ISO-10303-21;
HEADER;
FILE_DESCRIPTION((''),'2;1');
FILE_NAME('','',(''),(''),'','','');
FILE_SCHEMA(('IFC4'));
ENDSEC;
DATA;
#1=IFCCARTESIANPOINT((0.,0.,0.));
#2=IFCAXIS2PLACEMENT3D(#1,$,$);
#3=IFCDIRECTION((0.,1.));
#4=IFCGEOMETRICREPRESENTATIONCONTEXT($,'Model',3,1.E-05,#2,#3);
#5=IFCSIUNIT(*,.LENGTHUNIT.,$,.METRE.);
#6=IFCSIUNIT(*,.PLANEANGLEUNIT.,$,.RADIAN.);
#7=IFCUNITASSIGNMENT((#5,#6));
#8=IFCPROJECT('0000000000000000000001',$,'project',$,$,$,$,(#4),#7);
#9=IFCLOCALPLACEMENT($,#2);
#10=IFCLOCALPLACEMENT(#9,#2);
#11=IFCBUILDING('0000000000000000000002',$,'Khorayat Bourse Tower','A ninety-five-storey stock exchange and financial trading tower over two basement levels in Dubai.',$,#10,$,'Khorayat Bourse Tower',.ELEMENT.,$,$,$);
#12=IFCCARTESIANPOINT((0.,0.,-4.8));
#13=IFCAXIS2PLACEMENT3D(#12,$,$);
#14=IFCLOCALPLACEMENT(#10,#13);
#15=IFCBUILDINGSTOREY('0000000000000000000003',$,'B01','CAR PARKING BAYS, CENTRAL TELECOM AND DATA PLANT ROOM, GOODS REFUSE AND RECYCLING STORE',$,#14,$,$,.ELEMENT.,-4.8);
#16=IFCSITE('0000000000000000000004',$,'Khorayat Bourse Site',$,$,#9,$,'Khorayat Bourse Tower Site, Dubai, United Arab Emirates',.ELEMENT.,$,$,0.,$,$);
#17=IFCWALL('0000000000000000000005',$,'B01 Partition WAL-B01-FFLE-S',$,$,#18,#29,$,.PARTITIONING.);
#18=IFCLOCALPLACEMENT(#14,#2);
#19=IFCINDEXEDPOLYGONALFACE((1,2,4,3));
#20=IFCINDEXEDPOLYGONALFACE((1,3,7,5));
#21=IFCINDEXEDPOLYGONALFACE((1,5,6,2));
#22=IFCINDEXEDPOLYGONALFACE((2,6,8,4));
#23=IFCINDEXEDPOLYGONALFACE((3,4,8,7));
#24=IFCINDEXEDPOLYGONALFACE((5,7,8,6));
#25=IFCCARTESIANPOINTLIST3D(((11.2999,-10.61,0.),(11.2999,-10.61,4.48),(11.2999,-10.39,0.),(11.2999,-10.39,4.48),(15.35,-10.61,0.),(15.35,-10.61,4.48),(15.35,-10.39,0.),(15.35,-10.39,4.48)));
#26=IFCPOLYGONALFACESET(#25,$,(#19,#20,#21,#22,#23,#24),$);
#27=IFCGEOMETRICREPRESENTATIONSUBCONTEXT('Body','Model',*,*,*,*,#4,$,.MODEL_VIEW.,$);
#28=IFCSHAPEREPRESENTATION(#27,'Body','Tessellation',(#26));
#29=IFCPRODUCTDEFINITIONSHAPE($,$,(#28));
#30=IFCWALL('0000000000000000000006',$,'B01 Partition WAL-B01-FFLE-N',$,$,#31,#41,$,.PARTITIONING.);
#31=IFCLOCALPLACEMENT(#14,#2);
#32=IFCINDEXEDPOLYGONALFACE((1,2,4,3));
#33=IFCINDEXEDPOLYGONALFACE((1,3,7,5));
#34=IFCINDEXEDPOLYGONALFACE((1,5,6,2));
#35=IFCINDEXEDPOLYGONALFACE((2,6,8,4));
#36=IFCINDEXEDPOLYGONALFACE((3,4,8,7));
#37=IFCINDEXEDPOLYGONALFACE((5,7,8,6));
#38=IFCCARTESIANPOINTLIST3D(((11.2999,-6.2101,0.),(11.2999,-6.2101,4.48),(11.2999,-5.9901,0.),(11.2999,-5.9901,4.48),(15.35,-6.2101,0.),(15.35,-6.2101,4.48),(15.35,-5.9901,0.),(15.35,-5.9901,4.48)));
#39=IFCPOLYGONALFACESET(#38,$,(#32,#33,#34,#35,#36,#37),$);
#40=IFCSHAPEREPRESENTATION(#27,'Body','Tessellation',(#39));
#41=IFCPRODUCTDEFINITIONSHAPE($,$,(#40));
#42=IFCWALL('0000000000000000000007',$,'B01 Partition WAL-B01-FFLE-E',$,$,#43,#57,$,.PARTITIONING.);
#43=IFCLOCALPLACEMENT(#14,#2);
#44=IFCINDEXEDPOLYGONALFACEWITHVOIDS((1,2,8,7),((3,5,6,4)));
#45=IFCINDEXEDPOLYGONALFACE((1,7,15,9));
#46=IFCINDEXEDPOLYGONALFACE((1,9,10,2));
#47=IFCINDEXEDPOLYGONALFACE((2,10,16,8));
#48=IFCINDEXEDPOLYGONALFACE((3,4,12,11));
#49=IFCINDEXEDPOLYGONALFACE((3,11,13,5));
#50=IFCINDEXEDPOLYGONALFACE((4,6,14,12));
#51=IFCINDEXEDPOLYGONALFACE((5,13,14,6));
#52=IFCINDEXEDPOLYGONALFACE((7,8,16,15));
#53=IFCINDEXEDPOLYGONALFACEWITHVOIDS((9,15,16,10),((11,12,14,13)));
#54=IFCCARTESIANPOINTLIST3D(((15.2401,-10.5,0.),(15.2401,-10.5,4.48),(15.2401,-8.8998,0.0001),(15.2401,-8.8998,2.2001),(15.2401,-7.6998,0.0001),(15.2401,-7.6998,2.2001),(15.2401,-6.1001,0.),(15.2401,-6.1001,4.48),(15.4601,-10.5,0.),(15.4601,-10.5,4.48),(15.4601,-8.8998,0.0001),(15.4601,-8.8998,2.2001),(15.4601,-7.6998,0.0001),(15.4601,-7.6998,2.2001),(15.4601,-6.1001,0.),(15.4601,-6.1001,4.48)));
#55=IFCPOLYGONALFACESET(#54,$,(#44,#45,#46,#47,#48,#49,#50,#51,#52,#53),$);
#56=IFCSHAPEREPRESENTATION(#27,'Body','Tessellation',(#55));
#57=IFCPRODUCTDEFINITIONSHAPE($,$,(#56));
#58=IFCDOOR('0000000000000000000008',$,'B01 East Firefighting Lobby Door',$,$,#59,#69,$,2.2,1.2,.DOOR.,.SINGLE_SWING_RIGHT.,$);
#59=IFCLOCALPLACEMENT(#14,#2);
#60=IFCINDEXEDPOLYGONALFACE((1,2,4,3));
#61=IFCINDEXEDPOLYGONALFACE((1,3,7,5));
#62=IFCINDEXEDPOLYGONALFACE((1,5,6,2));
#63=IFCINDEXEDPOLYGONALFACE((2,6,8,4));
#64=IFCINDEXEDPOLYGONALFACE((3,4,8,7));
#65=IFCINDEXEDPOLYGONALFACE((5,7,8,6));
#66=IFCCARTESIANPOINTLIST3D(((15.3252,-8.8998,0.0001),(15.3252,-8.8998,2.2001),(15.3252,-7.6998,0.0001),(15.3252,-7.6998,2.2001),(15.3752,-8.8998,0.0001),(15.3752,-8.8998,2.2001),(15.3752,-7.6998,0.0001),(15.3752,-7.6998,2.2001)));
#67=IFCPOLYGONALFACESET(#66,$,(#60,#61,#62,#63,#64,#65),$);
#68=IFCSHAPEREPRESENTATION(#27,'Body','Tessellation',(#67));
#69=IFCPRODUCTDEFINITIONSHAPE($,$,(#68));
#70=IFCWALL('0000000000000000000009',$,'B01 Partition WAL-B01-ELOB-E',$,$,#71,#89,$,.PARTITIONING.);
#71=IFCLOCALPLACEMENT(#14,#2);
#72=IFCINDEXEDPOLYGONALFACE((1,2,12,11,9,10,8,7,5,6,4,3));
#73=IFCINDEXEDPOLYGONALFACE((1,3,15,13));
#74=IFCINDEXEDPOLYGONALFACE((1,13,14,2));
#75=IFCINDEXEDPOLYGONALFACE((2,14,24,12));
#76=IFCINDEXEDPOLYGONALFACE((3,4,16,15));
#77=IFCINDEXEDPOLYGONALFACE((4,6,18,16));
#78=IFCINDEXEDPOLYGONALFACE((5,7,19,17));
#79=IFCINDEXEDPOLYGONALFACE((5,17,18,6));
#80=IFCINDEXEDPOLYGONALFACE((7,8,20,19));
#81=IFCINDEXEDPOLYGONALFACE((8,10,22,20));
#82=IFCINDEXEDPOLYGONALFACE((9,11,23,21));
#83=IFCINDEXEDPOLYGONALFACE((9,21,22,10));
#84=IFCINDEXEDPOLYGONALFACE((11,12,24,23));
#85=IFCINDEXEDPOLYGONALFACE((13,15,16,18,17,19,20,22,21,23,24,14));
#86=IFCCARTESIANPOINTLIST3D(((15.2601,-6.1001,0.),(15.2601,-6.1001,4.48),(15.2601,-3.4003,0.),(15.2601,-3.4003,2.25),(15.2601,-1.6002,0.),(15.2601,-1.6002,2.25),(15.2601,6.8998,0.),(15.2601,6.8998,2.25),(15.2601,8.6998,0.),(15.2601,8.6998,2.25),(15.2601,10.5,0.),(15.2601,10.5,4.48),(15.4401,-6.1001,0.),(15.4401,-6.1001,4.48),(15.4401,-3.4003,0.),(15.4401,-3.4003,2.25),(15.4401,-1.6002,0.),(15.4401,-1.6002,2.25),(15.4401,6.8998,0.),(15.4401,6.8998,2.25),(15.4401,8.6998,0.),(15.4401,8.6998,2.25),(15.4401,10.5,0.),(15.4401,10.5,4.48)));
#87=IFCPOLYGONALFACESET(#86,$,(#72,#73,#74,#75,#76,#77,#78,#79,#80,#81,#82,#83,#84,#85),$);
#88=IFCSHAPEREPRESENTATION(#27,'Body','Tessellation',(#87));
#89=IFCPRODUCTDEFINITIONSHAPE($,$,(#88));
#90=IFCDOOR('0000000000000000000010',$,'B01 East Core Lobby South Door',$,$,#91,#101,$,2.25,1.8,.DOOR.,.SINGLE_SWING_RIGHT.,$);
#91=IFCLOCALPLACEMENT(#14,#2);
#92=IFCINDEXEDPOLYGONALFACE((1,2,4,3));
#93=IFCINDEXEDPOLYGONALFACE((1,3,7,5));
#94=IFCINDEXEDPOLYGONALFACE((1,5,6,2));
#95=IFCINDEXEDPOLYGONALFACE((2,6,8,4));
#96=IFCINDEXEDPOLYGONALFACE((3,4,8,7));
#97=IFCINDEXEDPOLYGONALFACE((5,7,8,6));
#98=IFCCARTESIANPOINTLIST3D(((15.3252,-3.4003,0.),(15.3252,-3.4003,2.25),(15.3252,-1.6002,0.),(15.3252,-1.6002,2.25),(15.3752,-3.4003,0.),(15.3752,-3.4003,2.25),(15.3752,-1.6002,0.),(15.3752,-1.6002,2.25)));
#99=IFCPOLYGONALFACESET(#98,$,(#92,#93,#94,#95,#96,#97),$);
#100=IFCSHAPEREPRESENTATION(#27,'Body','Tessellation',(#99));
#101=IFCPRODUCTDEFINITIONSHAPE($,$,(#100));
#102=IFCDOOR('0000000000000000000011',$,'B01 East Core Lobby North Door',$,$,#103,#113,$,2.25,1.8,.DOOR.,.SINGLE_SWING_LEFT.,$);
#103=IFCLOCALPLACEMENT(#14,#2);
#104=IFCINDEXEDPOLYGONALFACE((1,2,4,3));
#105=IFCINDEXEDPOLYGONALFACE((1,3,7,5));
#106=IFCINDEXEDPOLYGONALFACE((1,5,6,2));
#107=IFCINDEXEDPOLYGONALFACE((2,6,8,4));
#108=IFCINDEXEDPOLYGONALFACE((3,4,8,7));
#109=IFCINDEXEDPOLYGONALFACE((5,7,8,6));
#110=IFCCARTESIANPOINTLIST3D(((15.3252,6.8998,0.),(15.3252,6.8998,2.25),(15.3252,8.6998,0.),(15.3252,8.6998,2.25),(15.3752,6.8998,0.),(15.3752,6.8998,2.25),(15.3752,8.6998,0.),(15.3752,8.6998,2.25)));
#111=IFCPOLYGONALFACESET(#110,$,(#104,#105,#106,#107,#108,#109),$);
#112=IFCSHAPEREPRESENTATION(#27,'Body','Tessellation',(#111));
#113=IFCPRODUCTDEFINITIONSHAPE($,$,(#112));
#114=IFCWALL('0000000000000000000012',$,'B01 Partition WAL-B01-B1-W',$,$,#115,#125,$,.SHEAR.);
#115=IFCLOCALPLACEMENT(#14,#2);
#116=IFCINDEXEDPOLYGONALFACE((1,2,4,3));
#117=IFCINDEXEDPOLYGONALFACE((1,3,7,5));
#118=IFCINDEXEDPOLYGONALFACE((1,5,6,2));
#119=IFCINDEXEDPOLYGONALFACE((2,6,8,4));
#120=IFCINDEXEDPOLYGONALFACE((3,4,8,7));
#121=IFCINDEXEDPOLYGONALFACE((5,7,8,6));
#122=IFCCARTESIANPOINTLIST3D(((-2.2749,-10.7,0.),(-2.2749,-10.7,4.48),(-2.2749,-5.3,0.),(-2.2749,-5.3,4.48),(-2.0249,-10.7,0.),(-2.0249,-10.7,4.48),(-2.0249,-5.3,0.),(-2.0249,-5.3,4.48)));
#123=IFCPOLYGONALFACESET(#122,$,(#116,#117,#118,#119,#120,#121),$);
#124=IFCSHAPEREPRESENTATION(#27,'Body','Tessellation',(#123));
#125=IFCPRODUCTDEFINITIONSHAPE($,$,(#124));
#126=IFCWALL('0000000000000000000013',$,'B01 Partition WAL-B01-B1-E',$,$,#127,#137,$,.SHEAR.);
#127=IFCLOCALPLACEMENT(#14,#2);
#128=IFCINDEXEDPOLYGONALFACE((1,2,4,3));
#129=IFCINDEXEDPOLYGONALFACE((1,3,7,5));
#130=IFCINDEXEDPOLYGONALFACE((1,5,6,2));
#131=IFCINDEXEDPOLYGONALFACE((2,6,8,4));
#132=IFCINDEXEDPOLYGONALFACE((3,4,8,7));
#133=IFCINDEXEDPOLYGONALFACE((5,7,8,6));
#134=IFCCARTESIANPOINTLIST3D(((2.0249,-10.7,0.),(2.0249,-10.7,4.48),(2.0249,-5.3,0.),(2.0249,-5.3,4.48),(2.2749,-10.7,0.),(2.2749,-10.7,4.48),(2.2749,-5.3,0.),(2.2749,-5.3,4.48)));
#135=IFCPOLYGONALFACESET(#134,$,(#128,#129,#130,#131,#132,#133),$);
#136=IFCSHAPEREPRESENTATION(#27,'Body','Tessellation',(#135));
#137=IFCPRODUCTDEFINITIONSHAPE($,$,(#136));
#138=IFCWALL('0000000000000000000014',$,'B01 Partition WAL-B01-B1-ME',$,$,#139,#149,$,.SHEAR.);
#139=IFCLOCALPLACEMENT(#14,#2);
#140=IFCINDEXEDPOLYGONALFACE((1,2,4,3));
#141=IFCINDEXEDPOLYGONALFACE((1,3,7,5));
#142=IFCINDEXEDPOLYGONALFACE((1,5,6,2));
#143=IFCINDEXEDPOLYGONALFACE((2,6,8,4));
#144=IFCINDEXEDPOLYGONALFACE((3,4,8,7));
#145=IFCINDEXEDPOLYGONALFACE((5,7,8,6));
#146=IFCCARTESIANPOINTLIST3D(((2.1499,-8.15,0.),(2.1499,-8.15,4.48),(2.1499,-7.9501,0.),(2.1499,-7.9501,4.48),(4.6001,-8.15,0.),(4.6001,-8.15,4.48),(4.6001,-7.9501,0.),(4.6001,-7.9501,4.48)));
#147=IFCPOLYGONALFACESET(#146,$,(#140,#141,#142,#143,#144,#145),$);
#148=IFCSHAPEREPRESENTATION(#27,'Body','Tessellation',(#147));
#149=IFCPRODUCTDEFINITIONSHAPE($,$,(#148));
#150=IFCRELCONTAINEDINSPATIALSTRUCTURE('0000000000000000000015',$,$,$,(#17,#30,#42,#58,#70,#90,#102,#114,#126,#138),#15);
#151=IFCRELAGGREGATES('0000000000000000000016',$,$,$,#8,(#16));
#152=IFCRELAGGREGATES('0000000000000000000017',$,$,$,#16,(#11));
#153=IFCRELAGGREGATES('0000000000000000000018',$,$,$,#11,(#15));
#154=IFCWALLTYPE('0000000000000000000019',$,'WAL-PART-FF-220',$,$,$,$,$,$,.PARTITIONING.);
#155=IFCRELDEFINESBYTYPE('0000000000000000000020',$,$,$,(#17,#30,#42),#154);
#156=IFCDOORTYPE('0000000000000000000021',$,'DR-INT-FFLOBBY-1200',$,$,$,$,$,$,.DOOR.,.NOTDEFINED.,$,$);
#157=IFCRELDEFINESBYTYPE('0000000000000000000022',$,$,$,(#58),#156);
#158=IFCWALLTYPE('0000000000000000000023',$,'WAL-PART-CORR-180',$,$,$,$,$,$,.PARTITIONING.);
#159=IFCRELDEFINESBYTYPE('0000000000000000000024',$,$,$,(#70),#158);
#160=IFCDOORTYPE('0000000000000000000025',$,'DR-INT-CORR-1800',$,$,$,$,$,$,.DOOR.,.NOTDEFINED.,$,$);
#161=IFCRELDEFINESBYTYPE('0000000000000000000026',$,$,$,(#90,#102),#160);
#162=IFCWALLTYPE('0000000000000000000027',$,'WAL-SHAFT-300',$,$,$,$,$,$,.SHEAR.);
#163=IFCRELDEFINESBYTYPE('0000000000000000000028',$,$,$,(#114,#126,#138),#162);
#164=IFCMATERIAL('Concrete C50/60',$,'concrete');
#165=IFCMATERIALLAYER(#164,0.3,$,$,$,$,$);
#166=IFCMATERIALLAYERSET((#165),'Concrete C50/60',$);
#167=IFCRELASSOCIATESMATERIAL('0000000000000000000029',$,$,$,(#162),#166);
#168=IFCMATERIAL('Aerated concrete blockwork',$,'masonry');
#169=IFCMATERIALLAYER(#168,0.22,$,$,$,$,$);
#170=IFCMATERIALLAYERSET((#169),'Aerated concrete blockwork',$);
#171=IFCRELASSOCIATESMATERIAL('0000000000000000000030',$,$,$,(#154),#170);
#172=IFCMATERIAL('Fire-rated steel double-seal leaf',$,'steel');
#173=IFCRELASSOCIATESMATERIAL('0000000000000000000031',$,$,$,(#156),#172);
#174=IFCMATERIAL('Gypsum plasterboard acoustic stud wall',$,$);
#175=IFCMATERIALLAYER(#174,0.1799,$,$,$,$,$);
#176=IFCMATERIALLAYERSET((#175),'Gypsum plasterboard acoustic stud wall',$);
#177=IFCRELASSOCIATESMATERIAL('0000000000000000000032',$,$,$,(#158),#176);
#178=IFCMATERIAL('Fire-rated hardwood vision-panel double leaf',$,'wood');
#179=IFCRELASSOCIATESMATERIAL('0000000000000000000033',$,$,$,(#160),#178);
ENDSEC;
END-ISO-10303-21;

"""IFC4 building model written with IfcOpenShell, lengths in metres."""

from ifc_helpers import new_model, si_unit, direction, frame, frame_2d, origin, place, context, subcontext, project, spatial, rectangle, extrude, source, transform, mapped, material, layer, layer_set, type_object, element, fill, save


model = new_model("IFC4")

# Units and contexts
model_context = context("Model", 3, precision=1e-05, world=origin(), true_north=direction((0.0, 1.0)))
body_context = subcontext(model_context, "Body", "Model", "MODEL_VIEW")
ifc_project = project(units=[si_unit("LENGTHUNIT", "METRE"), si_unit("PLANEANGLEUNIT", "RADIAN")], contexts=[model_context])

# Site, building, storey
site_placement = place(None, origin())
site = spatial("IfcSite", under=ifc_project, at=site_placement, Name="Khorayat Bourse Site", LongName="Khorayat Bourse Tower Site, Dubai, United Arab Emirates", CompositionType="ELEMENT", RefElevation=0.0)
building_placement = place(site_placement, origin())
building = spatial("IfcBuilding", under=site, at=building_placement, Name="Khorayat Bourse Tower", Description="A ninety-five-storey stock exchange and financial trading tower over two basement levels in Dubai.", LongName="Khorayat Bourse Tower", CompositionType="ELEMENT")
storey_placement = place(building_placement, frame((0.0, 0.0, -4.8)))
storey = spatial("IfcBuildingStorey", under=building, at=storey_placement, Name="B01", Description="CAR PARKING BAYS, CENTRAL TELECOM AND DATA PLANT ROOM, GOODS REFUSE AND RECYCLING STORE", CompositionType="ELEMENT", Elevation=-4.8)

# Walls
ifc_material_1 = material(Name="Concrete C50/60", Category="concrete")
ifc_layer_1 = layer(ifc_material_1, 0.3)
ifc_layer_set_1 = layer_set([ifc_layer_1], Name="Concrete C50/60")
wall_type_1 = type_object("IfcWallType", Name="WAL-SHAFT-300", PredefinedType="SHEAR", material=ifc_layer_set_1)
ifc_material_2 = material(Name="Aerated concrete blockwork", Category="masonry")
ifc_layer_2 = layer(ifc_material_2, 0.22)
ifc_layer_set_2 = layer_set([ifc_layer_2], Name="Aerated concrete blockwork")
wall_type_2 = type_object("IfcWallType", Name="WAL-PART-FF-220", PredefinedType="PARTITIONING", material=ifc_layer_set_2)
shared_shape_1 = source(origin(), body_context, "Body", "SweptSolid", [
    extrude(rectangle(XDim=4.05, YDim=0.22, at=frame_2d((2.0249, 0.0))), origin(), (0.0, 0.0, 1.0), 4.48),
])
for number, where, z_axis, x_axis, name in (
    (1, (11.3, -10.5, 0.0), (0.0, 0.0, 1.0), (1.0, 0.0, 0.0), "B01 Partition WAL-B01-FFLE-S"),
    (2, (11.3, -6.1001, 0.0), (0.0, 0.0, 1.0), (1.0, 0.0, 0.0), "B01 Partition WAL-B01-FFLE-N"),
):
    element("IfcWall", number, at=place(storey_placement, frame(where, z_axis=z_axis, x_axis=x_axis)), inside=storey, type_object=wall_type_2, Name=name, PredefinedType="PARTITIONING", context=body_context, shape_type="MappedRepresentation", body=[
        mapped(shared_shape_1, transform((0.0, 0.0, 0.0), scale=1.0)),
    ])

# Wall, opening, door
shared_shape_2 = source(origin(), body_context, "Body", "SweptSolid", [
    extrude(rectangle(XDim=4.3999, YDim=0.22, at=frame_2d((2.2, 0.0))), origin(), (0.0, 0.0, 1.0), 4.48),
])
wall_1_placement = place(storey_placement, frame((15.3501, -10.5, 0.0), z_axis=(0.0, 0.0, 1.0), x_axis=(0.0, 1.0, 0.0)))
wall_1 = element("IfcWall", 3, at=wall_1_placement, inside=storey, type_object=wall_type_2, Name="B01 Partition WAL-B01-FFLE-E", PredefinedType="PARTITIONING", context=body_context, shape_type="MappedRepresentation", body=[
    mapped(shared_shape_2, transform((0.0, 0.0, 0.0), scale=1.0)),
])
shared_shape_3 = source(origin(), body_context, "Body", "SweptSolid", [
    extrude(rectangle(XDim=1.2, YDim=2.2, at=frame_2d((0.6001, 1.1001))), frame((0.0, 0.1199, 0.0), z_axis=(0.0, -1.0, 0.0), x_axis=(1.0, 0.0, 0.0)), (0.0, 0.0, 1.0), 0.24),
])
opening_1_placement = place(wall_1_placement, frame((1.6001, 0.0, 0.0)))
opening_1 = element("IfcOpeningElement", 4, at=opening_1_placement, cuts=wall_1, PredefinedType="OPENING", context=body_context, shape_type="MappedRepresentation", body=[
    mapped(shared_shape_3, transform((0.0, 0.0, 0.0), scale=1.0)),
])
ifc_material_3 = material(Name="Fire-rated steel double-seal leaf", Category="steel")
door_type_1 = type_object("IfcDoorType", Name="DR-INT-FFLOBBY-1200", OperationType="NOTDEFINED", PredefinedType="DOOR", material=ifc_material_3)
shared_shape_4 = source(origin(), body_context, "Body", "SweptSolid", [
    extrude(rectangle(XDim=1.2, YDim=2.2, at=frame_2d((0.6001, 1.1001))), frame((0.0, 0.0249, 0.0), z_axis=(0.0, -1.0, 0.0), x_axis=(1.0, 0.0, 0.0)), (0.0, 0.0, 1.0), 0.05),
])
door_1_placement = place(opening_1_placement, origin())
door_1 = element("IfcDoor", 5, at=door_1_placement, inside=storey, type_object=door_type_1, Name="B01 East Firefighting Lobby Door", OperationType="SINGLE_SWING_RIGHT", OverallHeight=2.2, OverallWidth=1.2, PredefinedType="DOOR", context=body_context, shape_type="MappedRepresentation", body=[
    mapped(shared_shape_4, transform((0.0, 0.0, 0.0), scale=1.0)),
])
fill(opening_1, door_1)

# Wall, openings, doors
ifc_material_4 = material(Name="Gypsum plasterboard acoustic stud wall")
ifc_layer_3 = layer(ifc_material_4, 0.1799)
ifc_layer_set_3 = layer_set([ifc_layer_3], Name="Gypsum plasterboard acoustic stud wall")
wall_type_3 = type_object("IfcWallType", Name="WAL-PART-CORR-180", PredefinedType="PARTITIONING", material=ifc_layer_set_3)
shared_shape_5 = source(origin(), body_context, "Body", "SweptSolid", [
    extrude(rectangle(XDim=16.6001, YDim=0.1799, at=frame_2d((8.3, 0.0))), origin(), (0.0, 0.0, 1.0), 4.48),
])
wall_2_placement = place(storey_placement, frame((15.3501, -6.1001, 0.0), z_axis=(0.0, 0.0, 1.0), x_axis=(0.0, 1.0, 0.0)))
wall_2 = element("IfcWall", 6, at=wall_2_placement, inside=storey, type_object=wall_type_3, Name="B01 Partition WAL-B01-ELOB-E", PredefinedType="PARTITIONING", context=body_context, shape_type="MappedRepresentation", body=[
    mapped(shared_shape_5, transform((0.0, 0.0, 0.0), scale=1.0)),
])
shared_shape_6 = source(origin(), body_context, "Body", "SweptSolid", [
    extrude(rectangle(XDim=1.8, YDim=2.25, at=frame_2d((0.8999, 1.125))), frame((0.0, 0.0999, 0.0), z_axis=(0.0, -1.0, 0.0), x_axis=(1.0, 0.0, 0.0)), (0.0, 0.0, 1.0), 0.2),
])
opening_2_placement = place(wall_2_placement, frame((2.7, 0.0, 0.0)))
opening_2 = element("IfcOpeningElement", 7, at=opening_2_placement, cuts=wall_2, PredefinedType="OPENING", context=body_context, shape_type="MappedRepresentation", body=[
    mapped(shared_shape_6, transform((0.0, 0.0, 0.0), scale=1.0)),
])
opening_3_placement = place(wall_2_placement, frame((13.0, 0.0, 0.0)))
opening_3 = element("IfcOpeningElement", 8, at=opening_3_placement, cuts=wall_2, PredefinedType="OPENING", context=body_context, shape_type="MappedRepresentation", body=[
    mapped(shared_shape_6, transform((0.0, 0.0, 0.0), scale=1.0)),
])
ifc_material_5 = material(Name="Fire-rated hardwood vision-panel double leaf", Category="wood")
door_type_2 = type_object("IfcDoorType", Name="DR-INT-CORR-1800", OperationType="NOTDEFINED", PredefinedType="DOOR", material=ifc_material_5)
shared_shape_7 = source(origin(), body_context, "Body", "SweptSolid", [
    extrude(rectangle(XDim=1.8, YDim=2.25, at=frame_2d((0.8999, 1.125))), frame((0.0, 0.0249, 0.0), z_axis=(0.0, -1.0, 0.0), x_axis=(1.0, 0.0, 0.0)), (0.0, 0.0, 1.0), 0.05),
])
door_2_placement = place(opening_2_placement, origin())
door_2 = element("IfcDoor", 9, at=door_2_placement, inside=storey, type_object=door_type_2, Name="B01 East Core Lobby South Door", OperationType="SINGLE_SWING_RIGHT", OverallHeight=2.25, OverallWidth=1.8, PredefinedType="DOOR", context=body_context, shape_type="MappedRepresentation", body=[
    mapped(shared_shape_7, transform((0.0, 0.0, 0.0), scale=1.0)),
])
fill(opening_2, door_2)
door_3_placement = place(opening_3_placement, origin())
door_3 = element("IfcDoor", 10, at=door_3_placement, inside=storey, type_object=door_type_2, Name="B01 East Core Lobby North Door", OperationType="SINGLE_SWING_LEFT", OverallHeight=2.25, OverallWidth=1.8, PredefinedType="DOOR", context=body_context, shape_type="MappedRepresentation", body=[
    mapped(shared_shape_7, transform((0.0, 0.0, 0.0), scale=1.0)),
])
fill(opening_3, door_3)

# Walls
shared_shape_8 = source(origin(), body_context, "Body", "SweptSolid", [
    extrude(rectangle(XDim=5.3999, YDim=0.25, at=frame_2d((2.7, 0.0))), origin(), (0.0, 0.0, 1.0), 4.48),
])
for number, where, z_axis, x_axis, name in (
    (11, (-2.1499, -10.7, 0.0), (0.0, 0.0, 1.0), (0.0, 1.0, 0.0), "B01 Partition WAL-B01-B1-W"),
    (12, (2.1499, -10.7, 0.0), (0.0, 0.0, 1.0), (0.0, 1.0, 0.0), "B01 Partition WAL-B01-B1-E"),
):
    element("IfcWall", number, at=place(storey_placement, frame(where, z_axis=z_axis, x_axis=x_axis)), inside=storey, type_object=wall_type_1, Name=name, PredefinedType="SHEAR", context=body_context, shape_type="MappedRepresentation", body=[
        mapped(shared_shape_8, transform((0.0, 0.0, 0.0), scale=1.0)),
    ])
shared_shape_9 = source(origin(), body_context, "Body", "SweptSolid", [
    extrude(rectangle(XDim=2.4502, YDim=0.2, at=frame_2d((1.2251, 0.0))), origin(), (0.0, 0.0, 1.0), 4.48),
])
wall_3_placement = place(storey_placement, frame((2.1499, -8.05, 0.0), z_axis=(0.0, 0.0, 1.0), x_axis=(1.0, 0.0, 0.0)))
element("IfcWall", 13, at=wall_3_placement, inside=storey, type_object=wall_type_1, Name="B01 Partition WAL-B01-B1-ME", PredefinedType="SHEAR", context=body_context, shape_type="MappedRepresentation", body=[
    mapped(shared_shape_9, transform((0.0, 0.0, 0.0), scale=1.0)),
])

save(model, "model.ifc")
